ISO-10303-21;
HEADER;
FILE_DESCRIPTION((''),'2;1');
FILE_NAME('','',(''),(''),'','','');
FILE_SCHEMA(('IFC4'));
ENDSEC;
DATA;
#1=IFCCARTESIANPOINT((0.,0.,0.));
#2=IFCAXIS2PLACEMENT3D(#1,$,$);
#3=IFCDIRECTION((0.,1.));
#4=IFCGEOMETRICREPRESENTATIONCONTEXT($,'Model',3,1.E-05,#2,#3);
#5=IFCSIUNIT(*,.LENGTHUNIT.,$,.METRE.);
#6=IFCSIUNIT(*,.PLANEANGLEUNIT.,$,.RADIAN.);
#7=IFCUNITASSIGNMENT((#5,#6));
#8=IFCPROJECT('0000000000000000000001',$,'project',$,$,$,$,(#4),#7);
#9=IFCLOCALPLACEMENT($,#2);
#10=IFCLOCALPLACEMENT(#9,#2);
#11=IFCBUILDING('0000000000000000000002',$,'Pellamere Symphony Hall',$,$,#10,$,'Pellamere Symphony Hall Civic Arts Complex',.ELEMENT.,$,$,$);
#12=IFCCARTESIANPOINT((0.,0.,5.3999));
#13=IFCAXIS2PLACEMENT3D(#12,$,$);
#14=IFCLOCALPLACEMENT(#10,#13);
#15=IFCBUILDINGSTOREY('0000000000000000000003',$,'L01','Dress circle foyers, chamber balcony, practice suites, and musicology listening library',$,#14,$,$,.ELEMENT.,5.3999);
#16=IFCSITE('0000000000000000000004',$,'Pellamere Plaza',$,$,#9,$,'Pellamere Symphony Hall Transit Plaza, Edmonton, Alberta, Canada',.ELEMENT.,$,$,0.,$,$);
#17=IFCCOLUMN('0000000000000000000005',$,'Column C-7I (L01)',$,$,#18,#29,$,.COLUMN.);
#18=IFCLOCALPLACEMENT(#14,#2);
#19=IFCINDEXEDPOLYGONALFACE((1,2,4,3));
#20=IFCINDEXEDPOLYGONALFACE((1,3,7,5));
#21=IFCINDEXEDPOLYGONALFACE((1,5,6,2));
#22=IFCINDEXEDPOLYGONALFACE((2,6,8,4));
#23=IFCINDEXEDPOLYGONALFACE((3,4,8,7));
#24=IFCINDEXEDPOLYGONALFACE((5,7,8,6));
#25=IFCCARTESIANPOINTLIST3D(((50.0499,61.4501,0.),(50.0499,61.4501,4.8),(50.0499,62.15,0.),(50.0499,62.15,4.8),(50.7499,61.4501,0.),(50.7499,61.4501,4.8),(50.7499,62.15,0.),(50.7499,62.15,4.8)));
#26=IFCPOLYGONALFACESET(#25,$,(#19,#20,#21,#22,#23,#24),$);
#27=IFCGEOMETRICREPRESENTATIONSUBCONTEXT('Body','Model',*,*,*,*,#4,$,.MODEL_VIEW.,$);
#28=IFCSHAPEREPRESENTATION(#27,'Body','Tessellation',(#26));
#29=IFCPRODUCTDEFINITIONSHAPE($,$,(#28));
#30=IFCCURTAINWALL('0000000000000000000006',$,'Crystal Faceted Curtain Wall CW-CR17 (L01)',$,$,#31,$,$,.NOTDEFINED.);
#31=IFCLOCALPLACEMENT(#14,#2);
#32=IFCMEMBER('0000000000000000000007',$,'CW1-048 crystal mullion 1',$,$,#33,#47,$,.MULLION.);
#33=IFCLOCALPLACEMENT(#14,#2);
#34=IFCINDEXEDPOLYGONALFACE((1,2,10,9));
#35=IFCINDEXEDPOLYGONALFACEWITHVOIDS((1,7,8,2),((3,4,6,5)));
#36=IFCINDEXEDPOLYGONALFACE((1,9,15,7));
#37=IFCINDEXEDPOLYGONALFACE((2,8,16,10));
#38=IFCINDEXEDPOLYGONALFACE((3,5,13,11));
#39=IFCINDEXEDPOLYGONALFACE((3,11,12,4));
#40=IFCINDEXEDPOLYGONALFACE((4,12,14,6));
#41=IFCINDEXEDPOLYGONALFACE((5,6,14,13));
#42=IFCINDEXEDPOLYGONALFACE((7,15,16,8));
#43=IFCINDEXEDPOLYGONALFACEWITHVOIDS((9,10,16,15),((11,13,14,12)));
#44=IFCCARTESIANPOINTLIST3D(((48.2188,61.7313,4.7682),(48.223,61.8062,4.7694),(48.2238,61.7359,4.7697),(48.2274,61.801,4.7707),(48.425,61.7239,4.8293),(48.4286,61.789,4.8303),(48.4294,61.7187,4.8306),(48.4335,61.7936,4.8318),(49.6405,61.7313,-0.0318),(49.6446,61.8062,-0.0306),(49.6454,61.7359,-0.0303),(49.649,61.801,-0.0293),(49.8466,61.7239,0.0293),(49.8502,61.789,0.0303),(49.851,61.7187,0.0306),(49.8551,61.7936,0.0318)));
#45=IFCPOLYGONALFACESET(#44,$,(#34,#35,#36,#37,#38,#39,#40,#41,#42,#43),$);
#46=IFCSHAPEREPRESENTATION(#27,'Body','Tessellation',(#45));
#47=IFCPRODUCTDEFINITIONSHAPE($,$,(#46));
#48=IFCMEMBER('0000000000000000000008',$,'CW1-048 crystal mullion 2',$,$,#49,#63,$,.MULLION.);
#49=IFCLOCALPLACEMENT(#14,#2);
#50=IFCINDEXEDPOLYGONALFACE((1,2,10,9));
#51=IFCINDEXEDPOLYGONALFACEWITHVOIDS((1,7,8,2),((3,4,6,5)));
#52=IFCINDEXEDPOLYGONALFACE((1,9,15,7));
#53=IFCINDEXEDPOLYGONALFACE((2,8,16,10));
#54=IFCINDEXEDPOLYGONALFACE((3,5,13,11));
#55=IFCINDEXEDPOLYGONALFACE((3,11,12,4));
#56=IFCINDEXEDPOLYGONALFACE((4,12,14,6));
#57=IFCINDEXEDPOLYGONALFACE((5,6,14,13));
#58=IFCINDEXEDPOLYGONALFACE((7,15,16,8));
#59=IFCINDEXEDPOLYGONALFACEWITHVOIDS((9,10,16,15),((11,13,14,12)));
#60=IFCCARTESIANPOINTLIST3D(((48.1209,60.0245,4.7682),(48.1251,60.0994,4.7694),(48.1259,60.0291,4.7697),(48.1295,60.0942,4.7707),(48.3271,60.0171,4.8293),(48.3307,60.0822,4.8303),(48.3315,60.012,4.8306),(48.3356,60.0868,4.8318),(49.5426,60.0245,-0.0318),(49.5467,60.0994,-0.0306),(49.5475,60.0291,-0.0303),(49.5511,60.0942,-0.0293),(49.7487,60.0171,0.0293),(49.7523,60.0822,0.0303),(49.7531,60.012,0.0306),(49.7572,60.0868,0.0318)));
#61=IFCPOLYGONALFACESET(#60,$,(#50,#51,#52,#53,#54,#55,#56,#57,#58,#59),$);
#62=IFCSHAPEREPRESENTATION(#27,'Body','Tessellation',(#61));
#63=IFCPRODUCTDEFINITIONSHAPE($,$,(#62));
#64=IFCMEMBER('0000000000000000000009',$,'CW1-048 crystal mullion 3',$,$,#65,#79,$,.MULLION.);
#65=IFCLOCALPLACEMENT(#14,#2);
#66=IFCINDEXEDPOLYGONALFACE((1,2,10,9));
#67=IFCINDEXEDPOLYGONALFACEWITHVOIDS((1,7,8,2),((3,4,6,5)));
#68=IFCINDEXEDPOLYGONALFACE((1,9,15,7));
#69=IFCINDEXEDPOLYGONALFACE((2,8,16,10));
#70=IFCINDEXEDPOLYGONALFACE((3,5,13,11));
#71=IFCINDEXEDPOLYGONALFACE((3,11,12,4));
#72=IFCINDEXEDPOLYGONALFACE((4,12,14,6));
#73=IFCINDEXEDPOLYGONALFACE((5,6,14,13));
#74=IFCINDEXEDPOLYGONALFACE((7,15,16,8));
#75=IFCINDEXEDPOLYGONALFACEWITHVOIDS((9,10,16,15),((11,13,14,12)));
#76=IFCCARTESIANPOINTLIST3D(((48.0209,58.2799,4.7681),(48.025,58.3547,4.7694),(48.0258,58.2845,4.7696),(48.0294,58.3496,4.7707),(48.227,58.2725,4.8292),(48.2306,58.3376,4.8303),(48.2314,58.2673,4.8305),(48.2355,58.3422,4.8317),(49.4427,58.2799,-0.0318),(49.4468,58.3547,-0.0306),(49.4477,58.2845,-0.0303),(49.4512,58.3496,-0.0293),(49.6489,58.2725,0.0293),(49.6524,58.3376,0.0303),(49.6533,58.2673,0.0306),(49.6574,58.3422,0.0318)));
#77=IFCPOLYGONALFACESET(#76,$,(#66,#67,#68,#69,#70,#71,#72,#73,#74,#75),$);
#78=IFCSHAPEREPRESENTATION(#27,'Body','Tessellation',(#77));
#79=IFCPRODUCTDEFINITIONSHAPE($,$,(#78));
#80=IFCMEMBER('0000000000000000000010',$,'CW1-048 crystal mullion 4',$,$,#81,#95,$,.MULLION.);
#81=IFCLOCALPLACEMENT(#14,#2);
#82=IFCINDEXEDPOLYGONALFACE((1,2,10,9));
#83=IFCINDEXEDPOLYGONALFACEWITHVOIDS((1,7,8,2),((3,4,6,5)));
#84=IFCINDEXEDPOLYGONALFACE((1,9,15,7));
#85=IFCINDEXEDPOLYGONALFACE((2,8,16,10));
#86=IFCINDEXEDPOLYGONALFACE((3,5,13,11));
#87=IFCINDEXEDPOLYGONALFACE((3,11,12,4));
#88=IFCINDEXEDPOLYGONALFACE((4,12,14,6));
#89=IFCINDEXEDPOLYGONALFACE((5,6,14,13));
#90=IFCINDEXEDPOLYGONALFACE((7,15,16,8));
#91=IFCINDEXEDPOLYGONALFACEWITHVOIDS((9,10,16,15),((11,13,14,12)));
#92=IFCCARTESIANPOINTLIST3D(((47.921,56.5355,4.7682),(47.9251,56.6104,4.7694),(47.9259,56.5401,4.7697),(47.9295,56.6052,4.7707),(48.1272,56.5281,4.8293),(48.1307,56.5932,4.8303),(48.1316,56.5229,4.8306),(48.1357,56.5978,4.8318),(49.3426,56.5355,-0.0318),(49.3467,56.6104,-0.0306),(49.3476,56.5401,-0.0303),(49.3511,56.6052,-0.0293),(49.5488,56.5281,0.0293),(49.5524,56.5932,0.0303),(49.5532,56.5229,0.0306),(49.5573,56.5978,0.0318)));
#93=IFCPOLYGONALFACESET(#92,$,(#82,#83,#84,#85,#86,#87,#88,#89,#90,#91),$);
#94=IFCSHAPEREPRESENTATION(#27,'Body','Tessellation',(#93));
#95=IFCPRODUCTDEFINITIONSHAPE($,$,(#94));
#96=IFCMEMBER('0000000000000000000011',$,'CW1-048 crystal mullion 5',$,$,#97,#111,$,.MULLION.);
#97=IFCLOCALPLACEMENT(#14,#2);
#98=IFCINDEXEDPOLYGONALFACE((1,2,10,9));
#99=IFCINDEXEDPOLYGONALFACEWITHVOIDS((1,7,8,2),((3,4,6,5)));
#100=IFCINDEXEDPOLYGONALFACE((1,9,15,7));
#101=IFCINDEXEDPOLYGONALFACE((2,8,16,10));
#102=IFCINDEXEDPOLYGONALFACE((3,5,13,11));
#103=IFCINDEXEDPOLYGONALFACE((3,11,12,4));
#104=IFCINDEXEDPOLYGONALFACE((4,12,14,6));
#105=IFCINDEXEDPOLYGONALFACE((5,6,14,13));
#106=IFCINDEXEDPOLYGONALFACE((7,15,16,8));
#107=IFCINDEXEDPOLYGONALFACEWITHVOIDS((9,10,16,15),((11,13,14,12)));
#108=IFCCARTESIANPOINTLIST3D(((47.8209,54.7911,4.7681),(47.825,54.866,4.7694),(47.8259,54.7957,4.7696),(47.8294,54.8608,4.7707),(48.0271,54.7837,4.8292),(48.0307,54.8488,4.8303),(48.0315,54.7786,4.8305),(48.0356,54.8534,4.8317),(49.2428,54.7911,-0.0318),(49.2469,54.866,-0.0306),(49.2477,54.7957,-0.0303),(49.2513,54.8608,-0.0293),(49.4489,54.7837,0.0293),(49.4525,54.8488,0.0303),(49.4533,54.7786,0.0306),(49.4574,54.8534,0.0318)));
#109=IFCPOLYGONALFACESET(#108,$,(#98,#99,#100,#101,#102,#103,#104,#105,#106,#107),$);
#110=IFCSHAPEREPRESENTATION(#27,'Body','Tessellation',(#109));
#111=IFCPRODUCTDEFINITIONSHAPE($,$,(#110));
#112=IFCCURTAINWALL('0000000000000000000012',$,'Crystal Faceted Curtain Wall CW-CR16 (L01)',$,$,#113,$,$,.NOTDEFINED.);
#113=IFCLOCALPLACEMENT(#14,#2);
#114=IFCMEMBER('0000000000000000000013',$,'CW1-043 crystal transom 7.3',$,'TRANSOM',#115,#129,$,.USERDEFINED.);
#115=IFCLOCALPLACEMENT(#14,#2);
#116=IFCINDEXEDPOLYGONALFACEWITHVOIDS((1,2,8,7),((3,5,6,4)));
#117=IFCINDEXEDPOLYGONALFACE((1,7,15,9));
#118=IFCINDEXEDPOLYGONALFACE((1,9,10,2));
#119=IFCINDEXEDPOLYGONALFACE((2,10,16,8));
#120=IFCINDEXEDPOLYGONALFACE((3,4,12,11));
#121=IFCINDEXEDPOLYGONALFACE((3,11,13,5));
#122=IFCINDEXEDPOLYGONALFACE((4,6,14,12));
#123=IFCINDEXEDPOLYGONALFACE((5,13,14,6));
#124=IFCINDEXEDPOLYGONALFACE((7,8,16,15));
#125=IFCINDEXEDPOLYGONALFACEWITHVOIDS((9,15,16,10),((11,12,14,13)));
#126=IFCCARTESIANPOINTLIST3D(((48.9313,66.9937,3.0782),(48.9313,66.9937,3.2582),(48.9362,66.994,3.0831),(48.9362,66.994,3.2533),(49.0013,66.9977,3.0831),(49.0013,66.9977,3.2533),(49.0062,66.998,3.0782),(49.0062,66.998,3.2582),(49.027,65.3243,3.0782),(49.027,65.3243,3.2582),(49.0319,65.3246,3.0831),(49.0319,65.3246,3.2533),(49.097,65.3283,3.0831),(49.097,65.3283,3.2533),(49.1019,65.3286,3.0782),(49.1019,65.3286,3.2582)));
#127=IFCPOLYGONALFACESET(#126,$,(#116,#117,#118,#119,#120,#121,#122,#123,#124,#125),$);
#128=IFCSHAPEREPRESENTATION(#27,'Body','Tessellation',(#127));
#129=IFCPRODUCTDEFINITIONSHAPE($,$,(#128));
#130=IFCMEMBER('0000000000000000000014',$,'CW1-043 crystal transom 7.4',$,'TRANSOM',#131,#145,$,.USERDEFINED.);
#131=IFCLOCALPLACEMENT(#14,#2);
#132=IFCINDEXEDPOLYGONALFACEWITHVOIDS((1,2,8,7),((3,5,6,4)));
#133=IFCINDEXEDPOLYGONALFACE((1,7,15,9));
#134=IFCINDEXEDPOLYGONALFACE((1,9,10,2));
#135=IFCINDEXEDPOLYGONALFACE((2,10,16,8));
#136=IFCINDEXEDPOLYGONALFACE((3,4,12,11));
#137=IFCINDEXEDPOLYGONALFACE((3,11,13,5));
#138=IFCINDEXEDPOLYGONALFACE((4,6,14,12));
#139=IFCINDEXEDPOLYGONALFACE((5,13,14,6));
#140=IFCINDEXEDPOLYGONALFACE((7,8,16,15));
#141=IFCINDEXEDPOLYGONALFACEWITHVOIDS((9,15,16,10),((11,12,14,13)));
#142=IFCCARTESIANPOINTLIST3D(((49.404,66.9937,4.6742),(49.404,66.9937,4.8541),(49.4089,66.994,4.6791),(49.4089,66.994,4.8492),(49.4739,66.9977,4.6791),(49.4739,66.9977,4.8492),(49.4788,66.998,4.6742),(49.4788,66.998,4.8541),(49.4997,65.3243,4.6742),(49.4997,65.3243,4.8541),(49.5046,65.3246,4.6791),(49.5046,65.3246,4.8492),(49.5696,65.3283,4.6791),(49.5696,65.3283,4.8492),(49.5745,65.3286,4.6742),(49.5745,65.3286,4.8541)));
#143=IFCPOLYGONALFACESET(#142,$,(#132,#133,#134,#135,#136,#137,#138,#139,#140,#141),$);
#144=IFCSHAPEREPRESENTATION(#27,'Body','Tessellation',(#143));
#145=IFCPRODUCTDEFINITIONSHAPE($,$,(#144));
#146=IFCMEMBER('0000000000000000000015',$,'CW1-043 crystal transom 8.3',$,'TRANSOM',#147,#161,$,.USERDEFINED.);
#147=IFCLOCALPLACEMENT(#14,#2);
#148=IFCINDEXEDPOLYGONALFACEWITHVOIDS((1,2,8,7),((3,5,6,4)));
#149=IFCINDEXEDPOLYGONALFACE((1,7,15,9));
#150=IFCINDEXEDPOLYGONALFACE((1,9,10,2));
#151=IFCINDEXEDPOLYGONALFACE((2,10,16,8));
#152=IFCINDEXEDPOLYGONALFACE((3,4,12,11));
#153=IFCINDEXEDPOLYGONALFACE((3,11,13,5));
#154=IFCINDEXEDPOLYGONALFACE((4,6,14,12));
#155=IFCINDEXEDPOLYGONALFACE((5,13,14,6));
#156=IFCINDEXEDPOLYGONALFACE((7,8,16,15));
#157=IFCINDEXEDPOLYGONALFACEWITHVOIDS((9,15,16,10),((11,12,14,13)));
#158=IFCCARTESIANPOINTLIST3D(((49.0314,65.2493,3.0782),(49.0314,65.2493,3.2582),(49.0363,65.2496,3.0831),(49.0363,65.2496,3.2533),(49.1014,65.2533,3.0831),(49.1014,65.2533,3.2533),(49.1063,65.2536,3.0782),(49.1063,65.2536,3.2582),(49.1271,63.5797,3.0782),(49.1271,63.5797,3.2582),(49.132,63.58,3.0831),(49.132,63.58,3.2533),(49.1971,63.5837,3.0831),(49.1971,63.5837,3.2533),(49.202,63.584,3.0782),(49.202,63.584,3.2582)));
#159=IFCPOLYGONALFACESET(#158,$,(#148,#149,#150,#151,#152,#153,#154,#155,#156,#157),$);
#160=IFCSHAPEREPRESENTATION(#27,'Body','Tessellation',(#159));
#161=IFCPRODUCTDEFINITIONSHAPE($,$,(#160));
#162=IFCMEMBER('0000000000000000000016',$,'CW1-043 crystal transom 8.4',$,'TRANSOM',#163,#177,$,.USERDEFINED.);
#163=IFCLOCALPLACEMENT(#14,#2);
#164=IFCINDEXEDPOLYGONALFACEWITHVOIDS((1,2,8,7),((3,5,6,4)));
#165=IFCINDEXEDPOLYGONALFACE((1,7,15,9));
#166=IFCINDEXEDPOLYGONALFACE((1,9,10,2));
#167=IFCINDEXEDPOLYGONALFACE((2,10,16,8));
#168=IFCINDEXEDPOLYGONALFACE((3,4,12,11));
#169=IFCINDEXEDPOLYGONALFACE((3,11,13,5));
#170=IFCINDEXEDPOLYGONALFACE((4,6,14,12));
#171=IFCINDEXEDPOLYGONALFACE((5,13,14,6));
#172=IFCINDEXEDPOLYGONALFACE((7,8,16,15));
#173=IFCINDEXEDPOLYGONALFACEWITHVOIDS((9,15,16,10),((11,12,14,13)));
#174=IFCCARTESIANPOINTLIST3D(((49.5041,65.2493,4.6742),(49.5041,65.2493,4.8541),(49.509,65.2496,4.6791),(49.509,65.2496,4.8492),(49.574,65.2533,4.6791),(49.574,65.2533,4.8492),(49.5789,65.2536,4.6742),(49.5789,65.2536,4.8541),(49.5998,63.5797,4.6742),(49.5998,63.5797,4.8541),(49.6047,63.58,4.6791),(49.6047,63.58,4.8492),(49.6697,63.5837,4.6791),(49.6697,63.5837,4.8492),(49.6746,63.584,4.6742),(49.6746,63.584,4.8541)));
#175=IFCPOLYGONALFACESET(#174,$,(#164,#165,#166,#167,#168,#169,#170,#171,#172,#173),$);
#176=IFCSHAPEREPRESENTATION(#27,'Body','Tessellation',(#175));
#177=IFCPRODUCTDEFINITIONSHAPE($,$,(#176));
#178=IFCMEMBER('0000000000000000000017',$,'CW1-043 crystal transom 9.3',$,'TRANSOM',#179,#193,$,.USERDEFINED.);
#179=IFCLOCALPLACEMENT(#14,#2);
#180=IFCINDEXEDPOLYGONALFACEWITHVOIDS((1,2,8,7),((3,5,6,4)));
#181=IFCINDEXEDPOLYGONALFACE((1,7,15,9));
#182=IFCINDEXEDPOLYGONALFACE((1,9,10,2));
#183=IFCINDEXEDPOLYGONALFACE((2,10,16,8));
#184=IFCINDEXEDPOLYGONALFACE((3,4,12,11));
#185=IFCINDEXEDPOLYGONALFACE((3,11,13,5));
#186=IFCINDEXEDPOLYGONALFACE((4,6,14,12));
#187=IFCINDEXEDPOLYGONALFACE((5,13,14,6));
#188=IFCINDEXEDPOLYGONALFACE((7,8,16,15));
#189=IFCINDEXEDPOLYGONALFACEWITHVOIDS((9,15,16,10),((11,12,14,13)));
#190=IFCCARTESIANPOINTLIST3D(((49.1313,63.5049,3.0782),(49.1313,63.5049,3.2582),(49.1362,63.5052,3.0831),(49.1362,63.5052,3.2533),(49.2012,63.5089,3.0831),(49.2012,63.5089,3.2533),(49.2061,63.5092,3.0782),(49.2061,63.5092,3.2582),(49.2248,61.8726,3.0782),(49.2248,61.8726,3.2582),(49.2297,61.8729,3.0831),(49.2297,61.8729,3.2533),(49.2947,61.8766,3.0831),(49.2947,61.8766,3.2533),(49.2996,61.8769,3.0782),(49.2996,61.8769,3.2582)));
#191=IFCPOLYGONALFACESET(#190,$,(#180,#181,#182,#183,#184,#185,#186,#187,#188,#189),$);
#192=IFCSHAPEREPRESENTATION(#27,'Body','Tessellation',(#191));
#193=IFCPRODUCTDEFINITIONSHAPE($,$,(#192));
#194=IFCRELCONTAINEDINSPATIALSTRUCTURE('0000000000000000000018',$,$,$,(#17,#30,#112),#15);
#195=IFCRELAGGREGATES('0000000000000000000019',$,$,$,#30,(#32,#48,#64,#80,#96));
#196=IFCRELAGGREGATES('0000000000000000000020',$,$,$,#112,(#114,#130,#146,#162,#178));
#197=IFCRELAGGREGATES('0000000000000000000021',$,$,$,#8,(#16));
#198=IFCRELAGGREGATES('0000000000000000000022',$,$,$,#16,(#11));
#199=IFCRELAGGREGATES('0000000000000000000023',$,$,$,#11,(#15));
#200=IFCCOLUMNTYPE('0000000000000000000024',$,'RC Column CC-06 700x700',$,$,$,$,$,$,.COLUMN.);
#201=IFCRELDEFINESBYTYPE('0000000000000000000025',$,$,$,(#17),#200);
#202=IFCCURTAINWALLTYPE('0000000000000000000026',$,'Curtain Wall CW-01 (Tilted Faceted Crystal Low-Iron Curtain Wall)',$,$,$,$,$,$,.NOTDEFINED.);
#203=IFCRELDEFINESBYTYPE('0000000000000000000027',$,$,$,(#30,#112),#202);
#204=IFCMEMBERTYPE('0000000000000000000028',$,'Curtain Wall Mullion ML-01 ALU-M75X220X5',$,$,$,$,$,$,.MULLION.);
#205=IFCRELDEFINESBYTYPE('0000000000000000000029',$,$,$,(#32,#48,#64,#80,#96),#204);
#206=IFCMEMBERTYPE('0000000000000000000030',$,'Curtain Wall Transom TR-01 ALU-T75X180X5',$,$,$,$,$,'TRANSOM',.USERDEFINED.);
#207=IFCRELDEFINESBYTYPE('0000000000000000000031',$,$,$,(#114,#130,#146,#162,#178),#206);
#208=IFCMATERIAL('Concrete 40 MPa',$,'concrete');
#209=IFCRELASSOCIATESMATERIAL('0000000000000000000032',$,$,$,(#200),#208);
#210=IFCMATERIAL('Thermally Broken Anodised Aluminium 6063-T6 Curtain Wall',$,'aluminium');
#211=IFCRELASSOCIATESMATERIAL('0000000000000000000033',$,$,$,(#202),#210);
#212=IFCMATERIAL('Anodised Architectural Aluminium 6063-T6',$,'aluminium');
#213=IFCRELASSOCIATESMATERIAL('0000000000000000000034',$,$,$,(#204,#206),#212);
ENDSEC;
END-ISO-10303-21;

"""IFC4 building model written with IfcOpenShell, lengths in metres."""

from ifc_helpers import new_model, si_unit, direction, frame, origin, origin_2d, place, context, subcontext, project, spatial, rectangle, hollow_rectangle, extrude, material, material_profile, profile_set, type_object, element, aggregate, save


model = new_model("IFC4")

# Units and contexts
model_context = context("Model", 3, precision=1e-05, world=origin(), true_north=direction((0.0, 1.0)))
body_context = subcontext(model_context, "Body", "Model", "MODEL_VIEW")
ifc_project = project(units=[si_unit("LENGTHUNIT", "METRE"), si_unit("PLANEANGLEUNIT", "RADIAN")], contexts=[model_context])

# Site, building, storey
site_placement = place(None, origin())
site = spatial("IfcSite", under=ifc_project, at=site_placement, Name="Pellamere Plaza", LongName="Pellamere Symphony Hall Transit Plaza, Edmonton, Alberta, Canada", CompositionType="ELEMENT", RefElevation=0.0)
building_placement = place(site_placement, origin())
building = spatial("IfcBuilding", under=site, at=building_placement, Name="Pellamere Symphony Hall", LongName="Pellamere Symphony Hall Civic Arts Complex", CompositionType="ELEMENT")
storey_placement = place(building_placement, frame((0.0, 0.0, 5.3999)))
storey = spatial("IfcBuildingStorey", under=building, at=storey_placement, Name="L01", Description="Dress circle foyers, chamber balcony, practice suites, and musicology listening library", CompositionType="ELEMENT", Elevation=5.3999)

# Column
ifc_material_1 = material(Name="Concrete 40 MPa", Category="concrete")
ifc_material_profile_1 = material_profile(ifc_material_1, rectangle(XDim=0.7, YDim=0.7, at=origin_2d()), Name="RC 700x700")
ifc_profile_set_1 = profile_set([ifc_material_profile_1], Name="Concrete 40 MPa")
column_type = type_object("IfcColumnType", Name="RC Column CC-06 700x700", PredefinedType="COLUMN", material=ifc_profile_set_1)
column_placement = place(storey_placement, frame((50.3999, 61.8, 0.0), z_axis=(0.0, 0.0, 1.0), x_axis=(1.0, 0.0, 0.0)))
element("IfcColumn", 1, at=column_placement, inside=storey, type_object=column_type, Name="Column C-7I (L01)", PredefinedType="COLUMN", context=body_context, shape_type="SweptSolid", body=[
    extrude(rectangle(XDim=0.7, YDim=0.7, at=origin_2d()), origin(), (0.0, 0.0, 1.0), 4.8),
])

# Curtain walls, members
ifc_material_2 = material(Name="Thermally Broken Anodised Aluminium 6063-T6 Curtain Wall", Category="aluminium")
curtain_wall_type = type_object("IfcCurtainWallType", Name="Curtain Wall CW-01 (Tilted Faceted Crystal Low-Iron Curtain Wall)", PredefinedType="NOTDEFINED", material=ifc_material_2)
curtain_wall_1_placement = place(storey_placement, origin())
curtain_wall_1 = element("IfcCurtainWall", 2, at=curtain_wall_1_placement, inside=storey, type_object=curtain_wall_type, Name="Crystal Faceted Curtain Wall CW-CR17 (L01)", PredefinedType="NOTDEFINED")
ifc_material_3 = material(Name="Anodised Architectural Aluminium 6063-T6", Category="aluminium")
ifc_material_profile_2 = material_profile(ifc_material_3, hollow_rectangle(XDim=0.075, YDim=0.22, WallThickness=0.0049, at=origin_2d()), Name="ALU-M75X220X5")
ifc_profile_set_2 = profile_set([ifc_material_profile_2], Name="Anodised Architectural Aluminium 6063-T6")
member_type_1 = type_object("IfcMemberType", Name="Curtain Wall Mullion ML-01 ALU-M75X220X5", PredefinedType="MULLION", material=ifc_profile_set_2)
member_1_placement = place(storey_placement, frame((49.7478, 61.7625, 0.0), z_axis=(-0.283977, 0.0, 0.958831), x_axis=(-0.054875, -0.998361, -0.016252)))
member_1 = element("IfcMember", 3, at=member_1_placement, type_object=member_type_1, Name="CW1-048 crystal mullion 1", PredefinedType="MULLION", context=body_context, shape_type="SweptSolid", body=[
    extrude(hollow_rectangle(XDim=0.075, YDim=0.22, WallThickness=0.0049, at=origin_2d()), origin(), (0.0, 0.0, 1.0), 5.0061),
])
member_2_placement = place(storey_placement, frame((49.6499, 60.0557, 0.0), z_axis=(-0.283977, 0.0, 0.958831), x_axis=(-0.054875, -0.998361, -0.016252)))
member_2 = element("IfcMember", 4, at=member_2_placement, type_object=member_type_1, Name="CW1-048 crystal mullion 2", PredefinedType="MULLION", context=body_context, shape_type="SweptSolid", body=[
    extrude(hollow_rectangle(XDim=0.075, YDim=0.22, WallThickness=0.0049, at=origin_2d()), origin(), (0.0, 0.0, 1.0), 5.0061),
])
member_3_placement = place(storey_placement, frame((49.55, 58.311, 0.0), z_axis=(-0.284022, 0.0, 0.958818), x_axis=(-0.054874, -0.998361, -0.016255)))
member_3 = element("IfcMember", 5, at=member_3_placement, type_object=member_type_1, Name="CW1-048 crystal mullion 3", PredefinedType="MULLION", context=body_context, shape_type="SweptSolid", body=[
    extrude(hollow_rectangle(XDim=0.075, YDim=0.22, WallThickness=0.0049, at=origin_2d()), origin(), (0.0, 0.0, 1.0), 5.0061),
])
member_4_placement = place(storey_placement, frame((49.45, 56.5667, 0.0), z_axis=(-0.283977, 0.0, 0.958831), x_axis=(-0.054875, -0.998361, -0.016252)))
member_4 = element("IfcMember", 6, at=member_4_placement, type_object=member_type_1, Name="CW1-048 crystal mullion 4", PredefinedType="MULLION", context=body_context, shape_type="SweptSolid", body=[
    extrude(hollow_rectangle(XDim=0.075, YDim=0.22, WallThickness=0.0049, at=origin_2d()), origin(), (0.0, 0.0, 1.0), 5.0061),
])
member_5_placement = place(storey_placement, frame((49.3501, 54.8223, 0.0), z_axis=(-0.284022, 0.0, 0.958818), x_axis=(-0.054874, -0.998361, -0.016255)))
member_5 = element("IfcMember", 7, at=member_5_placement, type_object=member_type_1, Name="CW1-048 crystal mullion 5", PredefinedType="MULLION", context=body_context, shape_type="SweptSolid", body=[
    extrude(hollow_rectangle(XDim=0.075, YDim=0.22, WallThickness=0.0049, at=origin_2d()), origin(), (0.0, 0.0, 1.0), 5.0061),
])
curtain_wall_2_placement = place(storey_placement, origin())
curtain_wall_2 = element("IfcCurtainWall", 8, at=curtain_wall_2_placement, inside=storey, type_object=curtain_wall_type, Name="Crystal Faceted Curtain Wall CW-CR16 (L01)", PredefinedType="NOTDEFINED")
ifc_material_profile_3 = material_profile(ifc_material_3, hollow_rectangle(XDim=0.075, YDim=0.1799, WallThickness=0.0049, at=origin_2d()), Name="ALU-T75X180X5")
ifc_profile_set_3 = profile_set([ifc_material_profile_3], Name="Anodised Architectural Aluminium 6063-T6")
member_type_2 = type_object("IfcMemberType", Name="Curtain Wall Transom TR-01 ALU-T75X180X5", ElementType="TRANSOM", PredefinedType="USERDEFINED", material=ifc_profile_set_3)
member_6_placement = place(storey_placement, frame((48.9688, 66.9958, 3.1682), z_axis=(0.057233, -0.998361, 0.0), x_axis=(0.998361, 0.057233, 0.0)))
member_6 = element("IfcMember", 9, at=member_6_placement, type_object=member_type_2, Name="CW1-043 crystal transom 7.3", ObjectType="TRANSOM", PredefinedType="USERDEFINED", context=body_context, shape_type="SweptSolid", body=[
    extrude(hollow_rectangle(XDim=0.075, YDim=0.1799, WallThickness=0.0049, at=origin_2d()), origin(), (0.0, 0.0, 1.0), 1.6721),
])
member_7_placement = place(storey_placement, frame((49.4414, 66.9958, 4.7642), z_axis=(0.057233, -0.998361, 0.0), x_axis=(0.998361, 0.057233, 0.0)))
member_7 = element("IfcMember", 10, at=member_7_placement, type_object=member_type_2, Name="CW1-043 crystal transom 7.4", ObjectType="TRANSOM", PredefinedType="USERDEFINED", context=body_context, shape_type="SweptSolid", body=[
    extrude(hollow_rectangle(XDim=0.075, YDim=0.1799, WallThickness=0.0049, at=origin_2d()), origin(), (0.0, 0.0, 1.0), 1.6721),
])
member_8_placement = place(storey_placement, frame((49.0688, 65.2515, 3.1682), z_axis=(0.057224, -0.998361, 0.0), x_axis=(0.998361, 0.057224, 0.0)))
member_8 = element("IfcMember", 11, at=member_8_placement, type_object=member_type_2, Name="CW1-043 crystal transom 8.3", ObjectType="TRANSOM", PredefinedType="USERDEFINED", context=body_context, shape_type="SweptSolid", body=[
    extrude(hollow_rectangle(XDim=0.075, YDim=0.1799, WallThickness=0.0049, at=origin_2d()), origin(), (0.0, 0.0, 1.0), 1.6724),
])
member_9_placement = place(storey_placement, frame((49.5415, 65.2515, 4.7642), z_axis=(0.057224, -0.998361, 0.0), x_axis=(0.998361, 0.057224, 0.0)))
member_9 = element("IfcMember", 12, at=member_9_placement, type_object=member_type_2, Name="CW1-043 crystal transom 8.4", ObjectType="TRANSOM", PredefinedType="USERDEFINED", context=body_context, shape_type="SweptSolid", body=[
    extrude(hollow_rectangle(XDim=0.075, YDim=0.1799, WallThickness=0.0049, at=origin_2d()), origin(), (0.0, 0.0, 1.0), 1.6724),
])
member_10_placement = place(storey_placement, frame((49.1687, 63.5071, 3.1682), z_axis=(0.05719, -0.998363, 0.0), x_axis=(0.998363, 0.05719, 0.0)))
member_10 = element("IfcMember", 13, at=member_10_placement, type_object=member_type_2, Name="CW1-043 crystal transom 9.3", ObjectType="TRANSOM", PredefinedType="USERDEFINED", context=body_context, shape_type="SweptSolid", body=[
    extrude(hollow_rectangle(XDim=0.075, YDim=0.1799, WallThickness=0.0049, at=origin_2d()), origin(), (0.0, 0.0, 1.0), 1.635),
])

aggregate(curtain_wall_1, [member_1, member_2, member_3, member_4, member_5])
aggregate(curtain_wall_2, [member_6, member_7, member_8, member_9, member_10])

save(model, "model.ifc")
